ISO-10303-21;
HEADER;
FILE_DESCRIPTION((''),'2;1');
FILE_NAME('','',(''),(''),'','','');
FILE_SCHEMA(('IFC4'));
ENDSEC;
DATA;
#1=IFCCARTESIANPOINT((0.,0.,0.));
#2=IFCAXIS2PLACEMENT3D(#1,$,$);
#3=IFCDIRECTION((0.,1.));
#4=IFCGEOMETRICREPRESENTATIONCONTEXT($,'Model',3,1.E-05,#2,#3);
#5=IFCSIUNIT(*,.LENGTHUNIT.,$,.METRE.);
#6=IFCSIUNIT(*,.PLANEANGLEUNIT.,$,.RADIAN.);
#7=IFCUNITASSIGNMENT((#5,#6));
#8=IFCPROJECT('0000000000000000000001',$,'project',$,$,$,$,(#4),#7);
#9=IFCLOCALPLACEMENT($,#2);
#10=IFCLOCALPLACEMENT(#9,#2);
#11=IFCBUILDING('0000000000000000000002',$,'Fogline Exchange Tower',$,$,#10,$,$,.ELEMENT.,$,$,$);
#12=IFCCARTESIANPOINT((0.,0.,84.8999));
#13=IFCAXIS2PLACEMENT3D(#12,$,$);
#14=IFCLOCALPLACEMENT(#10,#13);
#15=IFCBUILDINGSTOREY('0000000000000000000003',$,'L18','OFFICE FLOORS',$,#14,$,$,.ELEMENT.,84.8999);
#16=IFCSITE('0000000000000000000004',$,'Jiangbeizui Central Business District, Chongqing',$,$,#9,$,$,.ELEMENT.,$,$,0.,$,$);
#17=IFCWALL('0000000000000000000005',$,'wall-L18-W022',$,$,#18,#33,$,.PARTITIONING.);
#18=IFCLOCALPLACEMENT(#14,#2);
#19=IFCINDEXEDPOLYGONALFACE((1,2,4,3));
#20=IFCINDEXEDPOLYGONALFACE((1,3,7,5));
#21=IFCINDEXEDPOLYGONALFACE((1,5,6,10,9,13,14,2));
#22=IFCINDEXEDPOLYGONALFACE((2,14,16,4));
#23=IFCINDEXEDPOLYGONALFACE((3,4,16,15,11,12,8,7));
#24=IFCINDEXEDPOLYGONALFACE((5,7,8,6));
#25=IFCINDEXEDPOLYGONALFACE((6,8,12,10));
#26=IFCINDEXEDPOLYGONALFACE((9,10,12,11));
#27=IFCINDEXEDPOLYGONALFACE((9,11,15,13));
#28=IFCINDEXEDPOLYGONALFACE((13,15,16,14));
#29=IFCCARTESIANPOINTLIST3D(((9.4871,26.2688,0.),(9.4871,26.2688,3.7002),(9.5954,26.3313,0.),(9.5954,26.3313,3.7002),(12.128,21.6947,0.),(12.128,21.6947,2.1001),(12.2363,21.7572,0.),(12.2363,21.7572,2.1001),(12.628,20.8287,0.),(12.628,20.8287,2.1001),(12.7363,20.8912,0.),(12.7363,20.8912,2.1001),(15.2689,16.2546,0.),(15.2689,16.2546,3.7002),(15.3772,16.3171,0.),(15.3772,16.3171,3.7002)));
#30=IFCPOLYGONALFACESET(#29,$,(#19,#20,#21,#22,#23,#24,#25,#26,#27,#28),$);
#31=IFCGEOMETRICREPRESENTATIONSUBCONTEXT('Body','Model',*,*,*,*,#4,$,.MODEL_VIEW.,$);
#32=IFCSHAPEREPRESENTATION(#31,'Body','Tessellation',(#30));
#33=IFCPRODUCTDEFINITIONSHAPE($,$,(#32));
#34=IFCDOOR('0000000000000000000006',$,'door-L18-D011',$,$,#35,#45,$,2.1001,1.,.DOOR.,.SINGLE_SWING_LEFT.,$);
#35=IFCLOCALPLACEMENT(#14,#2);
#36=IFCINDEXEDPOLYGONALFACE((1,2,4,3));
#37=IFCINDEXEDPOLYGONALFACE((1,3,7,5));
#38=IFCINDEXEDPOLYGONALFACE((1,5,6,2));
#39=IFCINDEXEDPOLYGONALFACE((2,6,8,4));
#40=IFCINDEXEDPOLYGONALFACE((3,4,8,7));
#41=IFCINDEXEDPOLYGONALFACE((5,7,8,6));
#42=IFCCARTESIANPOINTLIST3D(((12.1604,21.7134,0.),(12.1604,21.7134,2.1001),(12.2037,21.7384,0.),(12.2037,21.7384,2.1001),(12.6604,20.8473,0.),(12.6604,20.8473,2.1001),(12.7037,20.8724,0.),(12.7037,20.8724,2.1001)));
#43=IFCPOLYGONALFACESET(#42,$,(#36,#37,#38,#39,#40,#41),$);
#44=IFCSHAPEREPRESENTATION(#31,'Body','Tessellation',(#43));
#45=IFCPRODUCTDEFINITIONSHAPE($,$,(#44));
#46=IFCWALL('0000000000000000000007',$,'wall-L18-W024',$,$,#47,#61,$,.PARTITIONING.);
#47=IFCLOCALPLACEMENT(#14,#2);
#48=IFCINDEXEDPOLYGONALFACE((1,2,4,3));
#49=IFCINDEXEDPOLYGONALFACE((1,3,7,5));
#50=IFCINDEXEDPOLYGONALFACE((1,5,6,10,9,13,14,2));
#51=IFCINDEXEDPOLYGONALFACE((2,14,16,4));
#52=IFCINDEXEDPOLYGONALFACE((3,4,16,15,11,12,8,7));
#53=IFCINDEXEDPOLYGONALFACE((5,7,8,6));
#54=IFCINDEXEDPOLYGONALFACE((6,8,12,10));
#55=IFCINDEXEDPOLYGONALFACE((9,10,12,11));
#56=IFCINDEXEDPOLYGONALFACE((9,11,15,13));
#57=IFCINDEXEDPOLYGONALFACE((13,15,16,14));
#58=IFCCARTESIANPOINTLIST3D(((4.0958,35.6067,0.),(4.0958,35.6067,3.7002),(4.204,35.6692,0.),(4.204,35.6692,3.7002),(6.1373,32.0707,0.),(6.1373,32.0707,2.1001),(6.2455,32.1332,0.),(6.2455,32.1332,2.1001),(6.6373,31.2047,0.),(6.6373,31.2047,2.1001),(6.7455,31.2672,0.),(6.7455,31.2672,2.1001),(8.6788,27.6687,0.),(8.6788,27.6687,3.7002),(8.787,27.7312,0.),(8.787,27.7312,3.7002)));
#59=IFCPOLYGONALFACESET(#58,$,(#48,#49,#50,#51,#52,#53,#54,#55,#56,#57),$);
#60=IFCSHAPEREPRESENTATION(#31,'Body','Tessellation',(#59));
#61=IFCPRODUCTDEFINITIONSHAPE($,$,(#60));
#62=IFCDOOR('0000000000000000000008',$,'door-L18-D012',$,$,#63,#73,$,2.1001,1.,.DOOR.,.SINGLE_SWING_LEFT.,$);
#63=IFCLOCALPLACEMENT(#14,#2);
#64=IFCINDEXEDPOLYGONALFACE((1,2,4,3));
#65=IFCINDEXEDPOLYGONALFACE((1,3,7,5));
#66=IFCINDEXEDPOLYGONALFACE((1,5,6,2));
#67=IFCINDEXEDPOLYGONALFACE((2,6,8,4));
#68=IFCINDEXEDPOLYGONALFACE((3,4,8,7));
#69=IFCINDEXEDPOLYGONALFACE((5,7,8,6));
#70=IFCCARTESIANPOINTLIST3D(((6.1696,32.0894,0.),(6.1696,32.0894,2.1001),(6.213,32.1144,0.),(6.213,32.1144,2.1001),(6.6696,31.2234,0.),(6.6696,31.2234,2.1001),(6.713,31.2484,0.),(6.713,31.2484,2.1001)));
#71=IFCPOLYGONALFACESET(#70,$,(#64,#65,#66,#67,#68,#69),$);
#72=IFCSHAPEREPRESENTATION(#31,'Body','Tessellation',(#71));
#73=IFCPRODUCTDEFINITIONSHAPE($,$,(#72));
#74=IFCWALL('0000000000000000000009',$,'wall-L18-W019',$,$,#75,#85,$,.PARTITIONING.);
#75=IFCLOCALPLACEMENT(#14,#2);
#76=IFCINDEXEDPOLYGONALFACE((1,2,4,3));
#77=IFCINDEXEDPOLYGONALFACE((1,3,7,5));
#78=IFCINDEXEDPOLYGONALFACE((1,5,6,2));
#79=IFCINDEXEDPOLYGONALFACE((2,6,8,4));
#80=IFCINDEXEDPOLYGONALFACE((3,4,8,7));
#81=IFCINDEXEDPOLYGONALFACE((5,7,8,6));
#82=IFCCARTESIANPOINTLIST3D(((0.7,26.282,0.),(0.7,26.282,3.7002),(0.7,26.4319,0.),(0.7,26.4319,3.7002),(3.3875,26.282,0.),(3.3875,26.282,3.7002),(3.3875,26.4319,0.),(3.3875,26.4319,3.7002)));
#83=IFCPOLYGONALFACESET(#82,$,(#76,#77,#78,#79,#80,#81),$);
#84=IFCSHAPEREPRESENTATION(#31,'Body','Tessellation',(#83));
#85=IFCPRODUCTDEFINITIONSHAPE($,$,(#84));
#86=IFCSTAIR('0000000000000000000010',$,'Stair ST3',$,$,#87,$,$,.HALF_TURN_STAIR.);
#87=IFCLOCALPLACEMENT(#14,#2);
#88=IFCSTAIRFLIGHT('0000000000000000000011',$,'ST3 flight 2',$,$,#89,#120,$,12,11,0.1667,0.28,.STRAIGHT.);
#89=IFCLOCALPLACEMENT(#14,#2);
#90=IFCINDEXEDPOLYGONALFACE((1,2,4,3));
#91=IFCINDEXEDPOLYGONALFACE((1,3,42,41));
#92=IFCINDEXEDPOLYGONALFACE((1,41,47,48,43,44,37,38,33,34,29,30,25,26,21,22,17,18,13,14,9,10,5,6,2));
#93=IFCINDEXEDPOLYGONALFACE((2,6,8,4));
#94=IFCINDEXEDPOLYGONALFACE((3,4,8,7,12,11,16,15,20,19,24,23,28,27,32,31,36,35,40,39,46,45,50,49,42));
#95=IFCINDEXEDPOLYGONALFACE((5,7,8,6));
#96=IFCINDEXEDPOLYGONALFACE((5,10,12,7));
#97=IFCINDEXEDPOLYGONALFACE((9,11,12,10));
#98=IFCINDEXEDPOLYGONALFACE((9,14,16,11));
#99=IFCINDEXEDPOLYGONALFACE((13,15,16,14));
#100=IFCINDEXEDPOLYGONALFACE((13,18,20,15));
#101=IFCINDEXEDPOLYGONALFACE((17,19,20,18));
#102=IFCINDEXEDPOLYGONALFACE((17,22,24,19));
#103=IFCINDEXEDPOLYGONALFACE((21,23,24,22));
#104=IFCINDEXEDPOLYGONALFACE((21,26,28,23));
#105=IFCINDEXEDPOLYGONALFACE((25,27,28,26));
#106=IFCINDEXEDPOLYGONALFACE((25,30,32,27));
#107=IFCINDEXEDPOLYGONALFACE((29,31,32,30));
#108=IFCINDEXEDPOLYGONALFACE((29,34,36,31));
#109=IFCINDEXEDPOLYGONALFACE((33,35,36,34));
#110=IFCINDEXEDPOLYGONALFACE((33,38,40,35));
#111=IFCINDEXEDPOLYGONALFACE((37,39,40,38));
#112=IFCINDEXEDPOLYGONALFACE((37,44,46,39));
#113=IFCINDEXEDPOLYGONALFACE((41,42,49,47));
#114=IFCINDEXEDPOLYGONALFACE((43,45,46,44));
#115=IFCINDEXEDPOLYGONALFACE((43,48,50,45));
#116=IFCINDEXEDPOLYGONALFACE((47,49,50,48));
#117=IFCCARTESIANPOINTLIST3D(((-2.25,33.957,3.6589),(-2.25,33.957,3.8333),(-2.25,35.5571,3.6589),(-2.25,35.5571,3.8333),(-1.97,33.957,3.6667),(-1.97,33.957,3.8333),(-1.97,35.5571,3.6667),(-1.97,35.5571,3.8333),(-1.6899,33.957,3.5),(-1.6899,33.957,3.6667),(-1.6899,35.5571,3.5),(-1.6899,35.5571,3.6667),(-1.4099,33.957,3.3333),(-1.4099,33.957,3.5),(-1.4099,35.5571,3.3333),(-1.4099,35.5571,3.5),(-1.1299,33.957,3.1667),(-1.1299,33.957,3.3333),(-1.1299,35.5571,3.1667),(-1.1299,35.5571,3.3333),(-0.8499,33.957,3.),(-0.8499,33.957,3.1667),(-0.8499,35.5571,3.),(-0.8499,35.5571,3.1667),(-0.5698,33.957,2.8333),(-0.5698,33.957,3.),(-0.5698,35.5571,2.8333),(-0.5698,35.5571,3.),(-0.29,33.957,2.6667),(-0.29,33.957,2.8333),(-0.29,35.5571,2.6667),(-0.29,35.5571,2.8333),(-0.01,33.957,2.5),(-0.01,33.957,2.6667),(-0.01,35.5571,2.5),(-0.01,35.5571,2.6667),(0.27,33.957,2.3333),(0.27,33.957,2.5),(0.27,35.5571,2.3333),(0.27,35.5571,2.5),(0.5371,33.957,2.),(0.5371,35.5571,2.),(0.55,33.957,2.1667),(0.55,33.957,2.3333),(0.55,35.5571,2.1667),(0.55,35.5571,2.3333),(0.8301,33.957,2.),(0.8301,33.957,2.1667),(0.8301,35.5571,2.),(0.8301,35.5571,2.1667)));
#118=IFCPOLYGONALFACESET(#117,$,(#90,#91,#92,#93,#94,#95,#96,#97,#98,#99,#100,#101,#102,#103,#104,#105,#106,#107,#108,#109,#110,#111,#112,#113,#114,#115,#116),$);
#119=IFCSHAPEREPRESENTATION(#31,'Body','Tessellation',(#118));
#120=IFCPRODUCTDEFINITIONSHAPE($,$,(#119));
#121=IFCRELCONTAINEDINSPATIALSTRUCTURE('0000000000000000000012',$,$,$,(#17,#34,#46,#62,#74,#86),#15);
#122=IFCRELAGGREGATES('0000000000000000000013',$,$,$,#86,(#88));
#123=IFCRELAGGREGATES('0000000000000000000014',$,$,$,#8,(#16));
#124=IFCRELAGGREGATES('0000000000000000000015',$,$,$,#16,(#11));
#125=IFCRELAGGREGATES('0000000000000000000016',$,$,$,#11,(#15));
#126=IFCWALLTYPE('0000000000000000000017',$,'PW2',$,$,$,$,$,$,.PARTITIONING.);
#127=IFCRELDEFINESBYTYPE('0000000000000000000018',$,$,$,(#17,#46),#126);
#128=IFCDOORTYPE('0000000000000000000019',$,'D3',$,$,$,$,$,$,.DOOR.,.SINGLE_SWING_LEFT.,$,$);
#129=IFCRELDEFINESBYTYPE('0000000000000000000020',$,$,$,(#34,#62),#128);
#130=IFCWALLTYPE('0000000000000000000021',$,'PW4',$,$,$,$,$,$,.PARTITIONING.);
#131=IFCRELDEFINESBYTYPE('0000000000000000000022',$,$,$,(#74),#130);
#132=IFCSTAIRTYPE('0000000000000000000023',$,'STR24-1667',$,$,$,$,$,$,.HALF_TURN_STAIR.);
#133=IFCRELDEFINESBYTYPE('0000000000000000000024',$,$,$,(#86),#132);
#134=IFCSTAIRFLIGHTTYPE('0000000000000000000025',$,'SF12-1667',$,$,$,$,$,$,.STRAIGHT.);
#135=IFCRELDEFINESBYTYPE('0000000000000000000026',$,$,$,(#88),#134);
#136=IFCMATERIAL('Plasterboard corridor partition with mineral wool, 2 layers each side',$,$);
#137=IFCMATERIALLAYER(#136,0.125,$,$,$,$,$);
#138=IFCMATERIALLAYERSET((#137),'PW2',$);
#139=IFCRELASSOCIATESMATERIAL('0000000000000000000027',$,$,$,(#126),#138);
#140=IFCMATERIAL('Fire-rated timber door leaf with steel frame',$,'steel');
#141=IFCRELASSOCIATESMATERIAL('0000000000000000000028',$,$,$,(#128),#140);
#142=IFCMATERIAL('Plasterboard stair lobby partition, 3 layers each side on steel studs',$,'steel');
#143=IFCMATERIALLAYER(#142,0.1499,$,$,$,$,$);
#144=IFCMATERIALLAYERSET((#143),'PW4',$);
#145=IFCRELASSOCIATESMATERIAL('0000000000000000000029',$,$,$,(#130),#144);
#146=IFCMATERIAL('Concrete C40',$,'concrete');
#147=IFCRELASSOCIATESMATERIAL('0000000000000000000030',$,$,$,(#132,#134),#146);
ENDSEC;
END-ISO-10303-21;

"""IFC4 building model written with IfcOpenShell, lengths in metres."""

from ifc_helpers import new_model, si_unit, direction, frame, frame_2d, origin, place, context, subcontext, project, spatial, polyline, rectangle, outline, extrude, material, layer, layer_set, type_object, element, fill, aggregate, save


model = new_model("IFC4")

# Units and contexts
model_context = context("Model", 3, precision=1e-05, world=origin(), true_north=direction((0.0, 1.0)))
body_context = subcontext(model_context, "Body", "Model", "MODEL_VIEW")
ifc_project = project(units=[si_unit("LENGTHUNIT", "METRE"), si_unit("PLANEANGLEUNIT", "RADIAN")], contexts=[model_context])

# Site, building, storey
site_placement = place(None, origin())
site = spatial("IfcSite", under=ifc_project, at=site_placement, Name="Jiangbeizui Central Business District, Chongqing", CompositionType="ELEMENT", RefElevation=0.0)
building_placement = place(site_placement, origin())
building = spatial("IfcBuilding", under=site, at=building_placement, Name="Fogline Exchange Tower", CompositionType="ELEMENT")
storey_placement = place(building_placement, frame((0.0, 0.0, 84.8999)))
storey = spatial("IfcBuildingStorey", under=building, at=storey_placement, Name="L18", Description="OFFICE FLOORS", CompositionType="ELEMENT", Elevation=84.8999)

# Shared definitions
ifc_material_1 = material(Name="Concrete C40", Category="concrete")

# Walls, openings, doors
ifc_material_2 = material(Name="Plasterboard corridor partition with mineral wool, 2 layers each side")
ifc_layer_1 = layer(ifc_material_2, 0.125)
ifc_layer_set_1 = layer_set([ifc_layer_1], Name="PW2")
wall_type_1 = type_object("IfcWallType", Name="PW2", PredefinedType="PARTITIONING", material=ifc_layer_set_1)
wall_1_placement = place(storey_placement, frame((9.5413, 26.3, 0.0), z_axis=(0.0, 0.0, 1.0), x_axis=(0.500004, -0.866023, 0.0)))
wall_1 = element("IfcWall", 1, at=wall_1_placement, inside=storey, type_object=wall_type_1, Name="wall-L18-W022", PredefinedType="PARTITIONING", context=body_context, shape_type="SweptSolid", body=[
    extrude(rectangle(XDim=11.5635, YDim=0.125, at=frame_2d((5.7817, 0.0))), origin(), (0.0, 0.0, 1.0), 3.7002),
])
opening_1_placement = place(wall_1_placement, frame((5.2817, 0.0, 0.0)))
opening_1 = element("IfcOpeningElement", 2, at=opening_1_placement, cuts=wall_1, PredefinedType="OPENING", context=body_context, shape_type="SweptSolid", body=[
    extrude(rectangle(XDim=1.0, YDim=2.1001, at=frame_2d((0.5, 1.05))), frame((0.0, 0.0725, 0.0), z_axis=(0.0, -1.0, 0.0), x_axis=(1.0, 0.0, 0.0)), (0.0, 0.0, 1.0), 0.145),
])
ifc_material_3 = material(Name="Fire-rated timber door leaf with steel frame", Category="steel")
door_type_1 = type_object("IfcDoorType", Name="D3", OperationType="SINGLE_SWING_LEFT", PredefinedType="DOOR", material=ifc_material_3)
door_1_placement = place(opening_1_placement, origin())
door_1 = element("IfcDoor", 3, at=door_1_placement, inside=storey, type_object=door_type_1, Name="door-L18-D011", OperationType="SINGLE_SWING_LEFT", OverallHeight=2.1001, OverallWidth=1.0, PredefinedType="DOOR", context=body_context, shape_type="SweptSolid", body=[
    extrude(rectangle(XDim=1.0, YDim=2.1001, at=frame_2d((0.5, 1.05))), frame((0.0, 0.0249, 0.0), z_axis=(0.0, -1.0, 0.0), x_axis=(1.0, 0.0, 0.0)), (0.0, 0.0, 1.0), 0.05),
])
fill(opening_1, door_1)
wall_2_placement = place(storey_placement, frame((4.1499, 35.6379, 0.0), z_axis=(0.0, 0.0, 1.0), x_axis=(0.500001, -0.866025, 0.0)))
wall_2 = element("IfcWall", 4, at=wall_2_placement, inside=storey, type_object=wall_type_1, Name="wall-L18-W024", PredefinedType="PARTITIONING", context=body_context, shape_type="SweptSolid", body=[
    extrude(rectangle(XDim=9.166, YDim=0.125, at=frame_2d((4.583, 0.0))), origin(), (0.0, 0.0, 1.0), 3.7002),
])
opening_2_placement = place(wall_2_placement, frame((4.083, 0.0, 0.0)))
opening_2 = element("IfcOpeningElement", 5, at=opening_2_placement, cuts=wall_2, PredefinedType="OPENING", context=body_context, shape_type="SweptSolid", body=[
    extrude(rectangle(XDim=1.0, YDim=2.1001, at=frame_2d((0.5, 1.05))), frame((0.0, 0.0725, 0.0), z_axis=(0.0, -1.0, 0.0), x_axis=(1.0, 0.0, 0.0)), (0.0, 0.0, 1.0), 0.145),
])
door_2_placement = place(opening_2_placement, origin())
door_2 = element("IfcDoor", 6, at=door_2_placement, inside=storey, type_object=door_type_1, Name="door-L18-D012", OperationType="SINGLE_SWING_LEFT", OverallHeight=2.1001, OverallWidth=1.0, PredefinedType="DOOR", context=body_context, shape_type="SweptSolid", body=[
    extrude(rectangle(XDim=1.0, YDim=2.1001, at=frame_2d((0.5, 1.05))), frame((0.0, 0.0249, 0.0), z_axis=(0.0, -1.0, 0.0), x_axis=(1.0, 0.0, 0.0)), (0.0, 0.0, 1.0), 0.05),
])
fill(opening_2, door_2)

# Wall
ifc_material_4 = material(Name="Plasterboard stair lobby partition, 3 layers each side on steel studs", Category="steel")
ifc_layer_2 = layer(ifc_material_4, 0.1499)
ifc_layer_set_2 = layer_set([ifc_layer_2], Name="PW4")
wall_type_2 = type_object("IfcWallType", Name="PW4", PredefinedType="PARTITIONING", material=ifc_layer_set_2)
wall_3_placement = place(storey_placement, frame((3.3875, 26.3569, 0.0), z_axis=(0.0, 0.0, 1.0), x_axis=(-1.0, 0.0, 0.0)))
element("IfcWall", 7, at=wall_3_placement, inside=storey, type_object=wall_type_2, Name="wall-L18-W019", PredefinedType="PARTITIONING", context=body_context, shape_type="SweptSolid", body=[
    extrude(rectangle(XDim=2.6875, YDim=0.1499, at=frame_2d((1.3438, 0.0))), origin(), (0.0, 0.0, 1.0), 3.7002),
])

# Stair, stair flight
stair_type = type_object("IfcStairType", Name="STR24-1667", PredefinedType="HALF_TURN_STAIR", material=ifc_material_1)
stair_placement = place(storey_placement, origin())
stair = element("IfcStair", 8, at=stair_placement, inside=storey, type_object=stair_type, Name="Stair ST3", PredefinedType="HALF_TURN_STAIR")
stair_flight_type = type_object("IfcStairFlightType", Name="SF12-1667", PredefinedType="STRAIGHT", material=ifc_material_1)
stair_flight_placement = place(storey_placement, frame((0.8301, 34.7571, 2.0), z_axis=(0.0, 0.0, 1.0), x_axis=(-1.0, 0.0, 0.0)))
stair_flight = element("IfcStairFlight", 9, at=stair_flight_placement, type_object=stair_flight_type, Name="ST3 flight 2", NumberOfRisers=12, NumberOfTreads=11, PredefinedType="STRAIGHT", RiserHeight=0.1667, TreadLength=0.28, context=body_context, shape_type="SweptSolid", body=[
    extrude(outline(polyline([(0.0, 0.0), (0.0, 0.1667), (0.28, 0.1667), (0.28, 0.3333), (0.5601, 0.3333), (0.5601, 0.5), (0.8401, 0.5), (0.8401, 0.6667), (1.1201, 0.6667), (1.1201, 0.8333), (1.3999, 0.8333), (1.3999, 1.0), (1.6799, 1.0), (1.6799, 1.1667), (1.96, 1.1667), (1.96, 1.3333), (2.24, 1.3333), (2.24, 1.5), (2.52, 1.5), (2.52, 1.6667), (2.8, 1.6667), (2.8, 1.8333), (3.0801, 1.8333), (3.0801, 2.0), (3.0801, 1.6589), (0.293, 0.0), (0.0, 0.0)])), frame((0.0, 0.8, 0.0), z_axis=(0.0, -1.0, 0.0), x_axis=(1.0, 0.0, 0.0)), (0.0, 0.0, 1.0), 1.6001),
])
aggregate(stair, [stair_flight])

save(model, "model.ifc")
